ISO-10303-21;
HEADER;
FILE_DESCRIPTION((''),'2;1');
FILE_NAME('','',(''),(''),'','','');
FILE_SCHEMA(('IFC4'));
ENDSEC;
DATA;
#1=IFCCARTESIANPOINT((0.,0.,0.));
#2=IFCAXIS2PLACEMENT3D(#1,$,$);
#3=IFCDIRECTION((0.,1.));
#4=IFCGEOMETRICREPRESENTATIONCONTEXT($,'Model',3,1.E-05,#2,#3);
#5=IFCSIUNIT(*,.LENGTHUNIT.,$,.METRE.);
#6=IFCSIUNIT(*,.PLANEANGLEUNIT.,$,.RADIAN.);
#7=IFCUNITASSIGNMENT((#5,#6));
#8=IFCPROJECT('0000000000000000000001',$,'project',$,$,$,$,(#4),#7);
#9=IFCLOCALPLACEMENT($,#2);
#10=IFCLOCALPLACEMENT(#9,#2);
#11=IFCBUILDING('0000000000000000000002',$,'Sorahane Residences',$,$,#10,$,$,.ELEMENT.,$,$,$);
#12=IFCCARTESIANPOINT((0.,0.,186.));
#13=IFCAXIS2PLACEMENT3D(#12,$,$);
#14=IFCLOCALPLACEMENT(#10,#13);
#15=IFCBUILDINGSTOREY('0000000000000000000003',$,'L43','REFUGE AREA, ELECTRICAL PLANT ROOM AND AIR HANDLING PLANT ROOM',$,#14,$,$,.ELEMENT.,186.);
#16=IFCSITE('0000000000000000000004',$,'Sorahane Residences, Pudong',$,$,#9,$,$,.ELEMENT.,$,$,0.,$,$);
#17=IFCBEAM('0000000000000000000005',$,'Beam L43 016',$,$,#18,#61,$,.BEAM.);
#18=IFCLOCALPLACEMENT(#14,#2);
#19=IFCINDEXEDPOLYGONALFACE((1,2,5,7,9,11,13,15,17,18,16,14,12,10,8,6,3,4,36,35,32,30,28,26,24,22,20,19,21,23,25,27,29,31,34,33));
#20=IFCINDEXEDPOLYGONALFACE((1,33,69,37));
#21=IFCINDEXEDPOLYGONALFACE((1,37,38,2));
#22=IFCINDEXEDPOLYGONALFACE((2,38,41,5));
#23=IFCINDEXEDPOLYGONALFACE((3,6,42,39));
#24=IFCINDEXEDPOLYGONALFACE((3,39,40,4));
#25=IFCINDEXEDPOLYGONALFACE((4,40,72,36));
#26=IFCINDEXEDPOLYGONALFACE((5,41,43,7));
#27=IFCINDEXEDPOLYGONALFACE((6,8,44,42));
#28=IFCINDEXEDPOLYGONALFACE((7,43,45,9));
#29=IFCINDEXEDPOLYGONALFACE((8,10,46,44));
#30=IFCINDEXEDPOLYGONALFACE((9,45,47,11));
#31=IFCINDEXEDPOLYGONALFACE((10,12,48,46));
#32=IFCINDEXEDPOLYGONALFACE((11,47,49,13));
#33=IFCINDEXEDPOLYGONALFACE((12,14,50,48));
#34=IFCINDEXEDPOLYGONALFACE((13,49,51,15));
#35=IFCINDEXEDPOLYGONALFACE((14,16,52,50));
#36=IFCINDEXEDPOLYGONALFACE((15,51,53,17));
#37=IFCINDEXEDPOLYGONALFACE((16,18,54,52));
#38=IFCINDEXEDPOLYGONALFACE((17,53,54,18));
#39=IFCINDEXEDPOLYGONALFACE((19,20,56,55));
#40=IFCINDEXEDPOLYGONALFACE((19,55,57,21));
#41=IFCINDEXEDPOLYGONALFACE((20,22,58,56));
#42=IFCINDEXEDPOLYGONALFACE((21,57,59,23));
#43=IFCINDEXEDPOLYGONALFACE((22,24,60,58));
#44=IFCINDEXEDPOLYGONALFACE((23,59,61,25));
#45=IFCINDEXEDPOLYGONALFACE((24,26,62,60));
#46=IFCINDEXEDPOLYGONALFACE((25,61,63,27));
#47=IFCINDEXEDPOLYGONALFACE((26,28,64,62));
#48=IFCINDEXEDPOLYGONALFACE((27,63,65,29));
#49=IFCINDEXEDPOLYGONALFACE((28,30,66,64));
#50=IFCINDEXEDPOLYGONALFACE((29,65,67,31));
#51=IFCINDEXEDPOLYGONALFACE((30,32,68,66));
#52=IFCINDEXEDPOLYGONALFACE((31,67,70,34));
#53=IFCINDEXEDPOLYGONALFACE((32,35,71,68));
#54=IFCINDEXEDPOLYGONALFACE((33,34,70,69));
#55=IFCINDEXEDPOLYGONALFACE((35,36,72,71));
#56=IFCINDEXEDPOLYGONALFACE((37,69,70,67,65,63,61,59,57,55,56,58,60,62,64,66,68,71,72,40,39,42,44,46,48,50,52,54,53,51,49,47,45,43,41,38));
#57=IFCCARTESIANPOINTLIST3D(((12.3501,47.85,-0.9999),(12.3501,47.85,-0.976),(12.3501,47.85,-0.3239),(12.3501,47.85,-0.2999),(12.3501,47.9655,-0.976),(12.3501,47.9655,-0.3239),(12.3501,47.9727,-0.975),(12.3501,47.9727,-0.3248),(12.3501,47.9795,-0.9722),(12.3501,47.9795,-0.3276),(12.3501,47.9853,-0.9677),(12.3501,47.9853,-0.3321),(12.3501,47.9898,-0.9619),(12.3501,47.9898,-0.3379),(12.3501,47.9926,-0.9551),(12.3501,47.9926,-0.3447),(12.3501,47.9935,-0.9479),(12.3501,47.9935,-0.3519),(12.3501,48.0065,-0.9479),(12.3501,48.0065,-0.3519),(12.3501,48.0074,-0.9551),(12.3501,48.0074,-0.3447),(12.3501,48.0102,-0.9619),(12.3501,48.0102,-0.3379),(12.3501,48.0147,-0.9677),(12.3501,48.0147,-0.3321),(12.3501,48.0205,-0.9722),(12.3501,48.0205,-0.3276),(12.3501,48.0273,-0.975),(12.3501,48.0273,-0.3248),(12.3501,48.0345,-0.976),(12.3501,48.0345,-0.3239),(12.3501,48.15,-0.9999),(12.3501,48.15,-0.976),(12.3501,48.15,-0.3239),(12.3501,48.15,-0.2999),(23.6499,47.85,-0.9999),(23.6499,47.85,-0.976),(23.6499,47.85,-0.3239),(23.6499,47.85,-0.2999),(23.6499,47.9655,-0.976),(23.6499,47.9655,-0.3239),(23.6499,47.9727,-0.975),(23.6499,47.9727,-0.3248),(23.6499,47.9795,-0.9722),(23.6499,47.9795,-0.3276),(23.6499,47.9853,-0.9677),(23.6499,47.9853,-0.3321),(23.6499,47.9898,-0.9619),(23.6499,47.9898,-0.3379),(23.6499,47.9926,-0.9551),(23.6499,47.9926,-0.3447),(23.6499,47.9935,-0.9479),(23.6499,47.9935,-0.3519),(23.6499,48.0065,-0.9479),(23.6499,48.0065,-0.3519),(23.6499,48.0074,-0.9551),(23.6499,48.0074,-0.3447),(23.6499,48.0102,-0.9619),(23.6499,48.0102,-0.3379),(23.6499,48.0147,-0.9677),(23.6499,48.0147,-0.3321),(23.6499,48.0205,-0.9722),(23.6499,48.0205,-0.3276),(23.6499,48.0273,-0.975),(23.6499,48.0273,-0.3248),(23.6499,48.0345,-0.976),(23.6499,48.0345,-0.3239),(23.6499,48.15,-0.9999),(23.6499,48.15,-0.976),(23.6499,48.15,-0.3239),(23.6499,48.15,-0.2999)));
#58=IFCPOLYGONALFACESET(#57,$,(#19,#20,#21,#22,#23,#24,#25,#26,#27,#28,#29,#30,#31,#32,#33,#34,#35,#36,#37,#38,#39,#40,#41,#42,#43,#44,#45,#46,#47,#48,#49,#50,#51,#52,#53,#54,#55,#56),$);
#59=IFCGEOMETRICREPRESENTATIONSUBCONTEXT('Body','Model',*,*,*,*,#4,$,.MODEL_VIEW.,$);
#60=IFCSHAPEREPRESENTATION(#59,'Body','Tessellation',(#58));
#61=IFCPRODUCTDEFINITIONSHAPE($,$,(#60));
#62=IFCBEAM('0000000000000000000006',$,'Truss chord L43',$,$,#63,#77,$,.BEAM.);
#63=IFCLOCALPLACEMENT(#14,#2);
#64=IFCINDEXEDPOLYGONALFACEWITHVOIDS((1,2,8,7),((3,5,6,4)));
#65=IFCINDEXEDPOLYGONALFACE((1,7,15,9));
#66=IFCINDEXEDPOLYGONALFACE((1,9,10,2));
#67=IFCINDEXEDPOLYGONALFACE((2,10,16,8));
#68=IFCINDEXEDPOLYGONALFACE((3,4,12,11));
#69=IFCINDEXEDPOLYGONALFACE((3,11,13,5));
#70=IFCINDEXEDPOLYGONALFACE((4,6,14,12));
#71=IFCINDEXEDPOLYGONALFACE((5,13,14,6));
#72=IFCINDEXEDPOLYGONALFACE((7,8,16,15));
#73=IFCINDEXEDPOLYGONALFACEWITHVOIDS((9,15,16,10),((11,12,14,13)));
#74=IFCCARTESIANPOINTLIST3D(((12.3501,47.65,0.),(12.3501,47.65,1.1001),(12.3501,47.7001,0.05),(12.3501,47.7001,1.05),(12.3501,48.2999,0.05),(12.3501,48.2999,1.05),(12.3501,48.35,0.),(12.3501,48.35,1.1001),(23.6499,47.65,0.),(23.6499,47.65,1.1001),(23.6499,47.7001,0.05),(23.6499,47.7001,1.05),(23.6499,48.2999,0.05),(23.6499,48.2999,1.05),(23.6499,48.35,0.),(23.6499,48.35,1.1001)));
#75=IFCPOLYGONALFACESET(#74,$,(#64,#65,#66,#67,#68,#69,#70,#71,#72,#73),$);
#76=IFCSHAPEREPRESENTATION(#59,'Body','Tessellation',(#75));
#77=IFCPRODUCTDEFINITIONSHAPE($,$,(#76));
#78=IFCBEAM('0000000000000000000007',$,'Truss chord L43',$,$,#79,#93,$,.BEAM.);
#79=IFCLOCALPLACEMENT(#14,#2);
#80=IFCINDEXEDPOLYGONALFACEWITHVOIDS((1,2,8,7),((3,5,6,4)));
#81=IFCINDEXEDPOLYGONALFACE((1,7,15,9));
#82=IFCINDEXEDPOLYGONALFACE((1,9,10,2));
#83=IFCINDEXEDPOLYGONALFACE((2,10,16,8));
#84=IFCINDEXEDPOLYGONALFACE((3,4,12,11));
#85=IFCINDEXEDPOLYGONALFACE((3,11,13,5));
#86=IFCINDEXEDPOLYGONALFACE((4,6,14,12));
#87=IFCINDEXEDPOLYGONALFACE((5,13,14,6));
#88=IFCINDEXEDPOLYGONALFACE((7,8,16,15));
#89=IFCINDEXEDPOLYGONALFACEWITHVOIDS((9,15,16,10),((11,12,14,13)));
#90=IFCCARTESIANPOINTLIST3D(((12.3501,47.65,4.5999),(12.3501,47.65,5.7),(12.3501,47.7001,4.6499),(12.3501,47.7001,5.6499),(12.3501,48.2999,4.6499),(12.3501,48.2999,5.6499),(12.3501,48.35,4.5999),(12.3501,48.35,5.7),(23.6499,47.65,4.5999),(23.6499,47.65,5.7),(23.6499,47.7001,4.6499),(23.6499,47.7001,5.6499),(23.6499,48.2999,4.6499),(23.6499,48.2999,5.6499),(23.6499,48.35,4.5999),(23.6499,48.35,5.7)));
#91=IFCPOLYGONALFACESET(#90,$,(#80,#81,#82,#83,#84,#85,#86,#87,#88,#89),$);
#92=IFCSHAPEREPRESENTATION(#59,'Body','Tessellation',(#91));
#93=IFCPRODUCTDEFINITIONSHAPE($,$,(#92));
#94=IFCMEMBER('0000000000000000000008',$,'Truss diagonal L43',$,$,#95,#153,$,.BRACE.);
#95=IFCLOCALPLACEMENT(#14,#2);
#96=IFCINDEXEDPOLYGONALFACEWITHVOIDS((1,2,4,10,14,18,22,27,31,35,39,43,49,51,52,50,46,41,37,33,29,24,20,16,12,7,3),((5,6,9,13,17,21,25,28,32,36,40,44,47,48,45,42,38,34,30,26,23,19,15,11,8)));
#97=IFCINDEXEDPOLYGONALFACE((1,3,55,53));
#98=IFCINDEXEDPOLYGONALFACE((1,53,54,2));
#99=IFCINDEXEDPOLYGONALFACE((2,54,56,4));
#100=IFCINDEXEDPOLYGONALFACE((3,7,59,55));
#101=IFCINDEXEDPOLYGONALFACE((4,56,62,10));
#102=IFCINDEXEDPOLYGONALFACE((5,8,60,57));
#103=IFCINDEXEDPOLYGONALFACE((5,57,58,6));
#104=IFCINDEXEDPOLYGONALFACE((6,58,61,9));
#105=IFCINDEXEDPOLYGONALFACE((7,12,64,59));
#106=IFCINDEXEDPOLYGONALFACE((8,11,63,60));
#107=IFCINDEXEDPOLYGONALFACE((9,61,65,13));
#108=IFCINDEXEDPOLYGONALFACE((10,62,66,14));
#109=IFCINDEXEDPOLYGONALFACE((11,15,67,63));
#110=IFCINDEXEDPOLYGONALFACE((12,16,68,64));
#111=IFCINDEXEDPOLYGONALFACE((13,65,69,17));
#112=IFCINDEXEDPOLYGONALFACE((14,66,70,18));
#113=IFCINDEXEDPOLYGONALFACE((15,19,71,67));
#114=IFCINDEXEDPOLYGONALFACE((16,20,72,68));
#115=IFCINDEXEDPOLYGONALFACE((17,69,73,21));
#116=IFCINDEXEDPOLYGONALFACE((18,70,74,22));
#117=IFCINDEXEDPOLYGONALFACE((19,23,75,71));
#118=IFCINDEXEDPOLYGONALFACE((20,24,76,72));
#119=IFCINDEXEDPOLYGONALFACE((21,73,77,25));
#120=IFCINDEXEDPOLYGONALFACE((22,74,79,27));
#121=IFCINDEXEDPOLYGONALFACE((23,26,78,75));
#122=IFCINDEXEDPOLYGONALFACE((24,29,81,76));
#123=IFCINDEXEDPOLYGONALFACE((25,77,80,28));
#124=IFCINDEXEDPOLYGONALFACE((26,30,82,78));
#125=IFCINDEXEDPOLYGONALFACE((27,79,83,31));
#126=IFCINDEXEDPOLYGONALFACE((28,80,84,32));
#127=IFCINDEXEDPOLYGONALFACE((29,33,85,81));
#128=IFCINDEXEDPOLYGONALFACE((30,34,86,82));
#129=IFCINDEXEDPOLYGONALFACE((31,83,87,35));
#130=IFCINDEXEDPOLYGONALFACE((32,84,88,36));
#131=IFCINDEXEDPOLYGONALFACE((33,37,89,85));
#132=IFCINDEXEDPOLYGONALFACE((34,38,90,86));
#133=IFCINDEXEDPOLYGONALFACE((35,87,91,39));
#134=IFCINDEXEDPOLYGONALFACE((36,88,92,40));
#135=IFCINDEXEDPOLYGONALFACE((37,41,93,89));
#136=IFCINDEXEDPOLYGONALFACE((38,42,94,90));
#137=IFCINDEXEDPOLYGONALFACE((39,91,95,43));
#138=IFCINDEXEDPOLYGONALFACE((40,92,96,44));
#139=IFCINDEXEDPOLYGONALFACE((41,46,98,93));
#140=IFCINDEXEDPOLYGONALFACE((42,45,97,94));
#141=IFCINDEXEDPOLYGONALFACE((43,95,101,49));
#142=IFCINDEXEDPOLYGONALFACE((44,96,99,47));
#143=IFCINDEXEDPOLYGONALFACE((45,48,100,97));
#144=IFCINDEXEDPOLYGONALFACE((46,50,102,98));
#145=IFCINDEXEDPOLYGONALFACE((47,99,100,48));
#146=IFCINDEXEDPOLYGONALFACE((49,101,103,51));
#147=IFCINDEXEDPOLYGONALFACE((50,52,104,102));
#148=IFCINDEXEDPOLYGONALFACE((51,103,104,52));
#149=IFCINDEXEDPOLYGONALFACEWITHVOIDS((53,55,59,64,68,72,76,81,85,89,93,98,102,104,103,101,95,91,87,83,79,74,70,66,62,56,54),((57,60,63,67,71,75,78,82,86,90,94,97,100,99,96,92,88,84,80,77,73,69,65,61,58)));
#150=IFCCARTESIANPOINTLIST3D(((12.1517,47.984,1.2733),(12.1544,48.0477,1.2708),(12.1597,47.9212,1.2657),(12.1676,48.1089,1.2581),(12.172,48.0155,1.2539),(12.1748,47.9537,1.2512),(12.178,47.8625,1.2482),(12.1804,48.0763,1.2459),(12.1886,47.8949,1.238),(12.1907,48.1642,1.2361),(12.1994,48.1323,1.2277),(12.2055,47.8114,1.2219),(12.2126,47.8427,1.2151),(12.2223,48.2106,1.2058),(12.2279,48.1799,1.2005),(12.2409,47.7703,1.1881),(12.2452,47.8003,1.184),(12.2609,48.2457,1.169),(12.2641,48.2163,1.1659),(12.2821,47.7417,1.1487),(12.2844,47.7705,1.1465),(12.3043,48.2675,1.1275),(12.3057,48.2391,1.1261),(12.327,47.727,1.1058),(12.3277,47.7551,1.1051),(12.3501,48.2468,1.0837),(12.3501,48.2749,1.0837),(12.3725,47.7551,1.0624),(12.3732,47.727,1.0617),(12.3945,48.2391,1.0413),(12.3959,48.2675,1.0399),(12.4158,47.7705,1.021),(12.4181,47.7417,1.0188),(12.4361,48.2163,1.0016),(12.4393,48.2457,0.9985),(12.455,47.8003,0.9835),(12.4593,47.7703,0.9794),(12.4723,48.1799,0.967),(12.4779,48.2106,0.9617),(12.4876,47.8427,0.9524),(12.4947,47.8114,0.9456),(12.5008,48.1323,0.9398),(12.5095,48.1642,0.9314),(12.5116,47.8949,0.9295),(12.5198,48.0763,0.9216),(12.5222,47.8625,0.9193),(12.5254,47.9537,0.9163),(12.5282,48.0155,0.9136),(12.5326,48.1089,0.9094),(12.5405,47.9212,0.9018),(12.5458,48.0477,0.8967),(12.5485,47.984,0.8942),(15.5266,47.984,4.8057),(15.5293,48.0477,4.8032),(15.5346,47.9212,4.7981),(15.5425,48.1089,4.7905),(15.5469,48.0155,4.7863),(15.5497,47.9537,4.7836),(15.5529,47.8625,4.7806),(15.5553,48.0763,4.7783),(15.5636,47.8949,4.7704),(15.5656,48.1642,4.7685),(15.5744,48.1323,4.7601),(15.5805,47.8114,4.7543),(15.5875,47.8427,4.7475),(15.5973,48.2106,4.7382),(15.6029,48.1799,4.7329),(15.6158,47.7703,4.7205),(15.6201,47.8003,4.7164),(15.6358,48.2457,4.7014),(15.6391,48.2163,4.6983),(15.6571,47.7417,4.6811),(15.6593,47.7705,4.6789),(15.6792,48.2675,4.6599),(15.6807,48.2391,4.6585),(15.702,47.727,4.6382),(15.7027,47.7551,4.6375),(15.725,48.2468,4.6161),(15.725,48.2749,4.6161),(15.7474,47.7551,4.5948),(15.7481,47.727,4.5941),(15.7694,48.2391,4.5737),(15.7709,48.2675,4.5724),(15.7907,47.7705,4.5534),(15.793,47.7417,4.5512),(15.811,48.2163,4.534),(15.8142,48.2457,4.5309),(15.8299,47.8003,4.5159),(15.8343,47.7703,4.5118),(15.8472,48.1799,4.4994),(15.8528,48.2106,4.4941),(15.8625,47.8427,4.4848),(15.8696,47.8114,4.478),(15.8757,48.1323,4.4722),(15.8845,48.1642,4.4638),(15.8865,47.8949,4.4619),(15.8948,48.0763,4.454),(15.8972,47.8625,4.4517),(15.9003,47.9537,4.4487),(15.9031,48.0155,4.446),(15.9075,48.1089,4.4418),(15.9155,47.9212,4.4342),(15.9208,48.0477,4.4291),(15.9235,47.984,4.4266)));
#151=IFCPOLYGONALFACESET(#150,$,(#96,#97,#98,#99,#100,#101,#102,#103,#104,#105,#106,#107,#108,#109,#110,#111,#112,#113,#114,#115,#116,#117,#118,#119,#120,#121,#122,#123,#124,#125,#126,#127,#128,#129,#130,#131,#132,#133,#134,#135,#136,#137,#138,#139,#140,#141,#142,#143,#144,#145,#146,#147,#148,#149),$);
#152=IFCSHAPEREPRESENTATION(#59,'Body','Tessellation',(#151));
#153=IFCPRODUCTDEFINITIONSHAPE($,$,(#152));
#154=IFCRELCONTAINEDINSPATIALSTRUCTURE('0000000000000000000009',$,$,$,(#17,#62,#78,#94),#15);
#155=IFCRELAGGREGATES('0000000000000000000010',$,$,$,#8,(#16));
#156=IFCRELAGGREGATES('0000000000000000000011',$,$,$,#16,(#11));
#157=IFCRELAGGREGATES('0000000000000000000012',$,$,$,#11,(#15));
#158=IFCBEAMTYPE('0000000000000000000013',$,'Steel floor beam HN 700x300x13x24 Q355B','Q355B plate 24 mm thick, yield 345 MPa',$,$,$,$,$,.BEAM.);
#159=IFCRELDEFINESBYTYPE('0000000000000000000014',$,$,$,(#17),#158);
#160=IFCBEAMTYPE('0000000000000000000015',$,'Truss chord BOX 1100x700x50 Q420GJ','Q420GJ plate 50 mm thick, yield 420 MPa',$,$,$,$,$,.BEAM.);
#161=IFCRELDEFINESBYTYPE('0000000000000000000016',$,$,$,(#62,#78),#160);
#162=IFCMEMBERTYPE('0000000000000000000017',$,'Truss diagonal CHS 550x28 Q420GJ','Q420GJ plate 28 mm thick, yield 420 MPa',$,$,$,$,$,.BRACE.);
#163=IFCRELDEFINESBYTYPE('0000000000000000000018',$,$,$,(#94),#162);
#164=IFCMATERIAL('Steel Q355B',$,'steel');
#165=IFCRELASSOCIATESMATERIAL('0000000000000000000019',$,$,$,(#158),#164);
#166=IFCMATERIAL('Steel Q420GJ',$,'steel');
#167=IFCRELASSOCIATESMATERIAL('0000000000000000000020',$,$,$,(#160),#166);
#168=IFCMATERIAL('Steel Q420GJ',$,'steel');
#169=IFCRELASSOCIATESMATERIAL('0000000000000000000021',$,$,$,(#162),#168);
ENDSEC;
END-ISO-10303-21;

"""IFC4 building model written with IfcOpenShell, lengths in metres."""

from ifc_helpers import new_model, si_unit, direction, frame, origin, origin_2d, place, context, subcontext, project, spatial, hollow_rectangle, hollow_circle, i_section, extrude, material, material_profile, profile_set, type_object, element, save


model = new_model("IFC4")

# Units and contexts
model_context = context("Model", 3, precision=1e-05, world=origin(), true_north=direction((0.0, 1.0)))
body_context = subcontext(model_context, "Body", "Model", "MODEL_VIEW")
ifc_project = project(units=[si_unit("LENGTHUNIT", "METRE"), si_unit("PLANEANGLEUNIT", "RADIAN")], contexts=[model_context])

# Site, building, storey
site_placement = place(None, origin())
site = spatial("IfcSite", under=ifc_project, at=site_placement, Name="Sorahane Residences, Pudong", CompositionType="ELEMENT", RefElevation=0.0)
building_placement = place(site_placement, origin())
building = spatial("IfcBuilding", under=site, at=building_placement, Name="Sorahane Residences", CompositionType="ELEMENT")
storey_placement = place(building_placement, frame((0.0, 0.0, 186.0)))
storey = spatial("IfcBuildingStorey", under=building, at=storey_placement, Name="L43", Description="REFUGE AREA, ELECTRICAL PLANT ROOM AND AIR HANDLING PLANT ROOM", CompositionType="ELEMENT", Elevation=186.0)

# Beams
ifc_material_1 = material(Name="Steel Q355B", Category="steel")
ifc_material_profile_1 = material_profile(ifc_material_1, i_section(OverallWidth=0.3, OverallDepth=0.7, WebThickness=0.0129, FlangeThickness=0.0239, FilletRadius=0.0281, at=origin_2d()), Name="HN 700x300x13x24")
ifc_profile_set_1 = profile_set([ifc_material_profile_1], Name="Steel Q355B")
beam_type_1 = type_object("IfcBeamType", Name="Steel floor beam HN 700x300x13x24 Q355B", Description="Q355B plate 24 mm thick, yield 345 MPa", PredefinedType="BEAM", material=ifc_profile_set_1)
beam_1_placement = place(storey_placement, frame((12.3501, 48.0, -0.6499), z_axis=(1.0, 0.0, 0.0), x_axis=(0.0, 1.0, 0.0)))
element("IfcBeam", 1, at=beam_1_placement, inside=storey, type_object=beam_type_1, Name="Beam L43 016", PredefinedType="BEAM", context=body_context, shape_type="SweptSolid", body=[
    extrude(i_section(OverallWidth=0.3, OverallDepth=0.7, WebThickness=0.0129, FlangeThickness=0.0239, FilletRadius=0.0281, at=origin_2d()), origin(), (0.0, 0.0, 1.0), 11.2998),
])
ifc_material_2 = material(Name="Steel Q420GJ", Category="steel")
ifc_material_profile_2 = material_profile(ifc_material_2, hollow_rectangle(XDim=0.7, YDim=1.1001, WallThickness=0.05, at=origin_2d()), Name="BOX 1100x700x50")
ifc_profile_set_2 = profile_set([ifc_material_profile_2], Name="Steel Q420GJ")
beam_type_2 = type_object("IfcBeamType", Name="Truss chord BOX 1100x700x50 Q420GJ", Description="Q420GJ plate 50 mm thick, yield 420 MPa", PredefinedType="BEAM", material=ifc_profile_set_2)
for number, where, z_axis, x_axis, name in (
    (2, (12.3501, 48.0, 0.55), (1.0, 0.0, 0.0), (0.0, 1.0, 0.0), "Truss chord L43"),
    (3, (12.3501, 48.0, 5.1499), (1.0, 0.0, 0.0), (0.0, 1.0, 0.0), "Truss chord L43"),
):
    element("IfcBeam", number, at=place(storey_placement, frame(where, z_axis=z_axis, x_axis=x_axis)), inside=storey, type_object=beam_type_2, Name=name, PredefinedType="BEAM", context=body_context, shape_type="SweptSolid", body=[
        extrude(hollow_rectangle(XDim=0.7, YDim=1.1001, WallThickness=0.05, at=origin_2d()), origin(), (0.0, 0.0, 1.0), 11.2998),
    ])

# Member
ifc_material_3 = material(Name="Steel Q420GJ", Category="steel")
ifc_material_profile_3 = material_profile(ifc_material_3, hollow_circle(Radius=0.2749, WallThickness=0.0281, at=origin_2d()), Name="CHS 550x28")
ifc_profile_set_3 = profile_set([ifc_material_profile_3], Name="Steel Q420GJ")
member_type_1 = type_object("IfcMemberType", Name="Truss diagonal CHS 550x28 Q420GJ", Description="Q420GJ plate 28 mm thick, yield 420 MPa", PredefinedType="BRACE", material=ifc_profile_set_3)
member_1_placement = place(storey_placement, frame((12.3501, 48.0, 1.0837), z_axis=(0.690807, 0.0, 0.723039), x_axis=(0.0, 1.0, 0.0)))
element("IfcMember", 4, at=member_1_placement, inside=storey, type_object=member_type_1, Name="Truss diagonal L43", PredefinedType="BRACE", context=body_context, shape_type="SweptSolid", body=[
    extrude(hollow_circle(Radius=0.2749, WallThickness=0.0281, at=origin_2d()), origin(), (0.0, 0.0, 1.0), 4.8855),
])

save(model, "model.ifc")
